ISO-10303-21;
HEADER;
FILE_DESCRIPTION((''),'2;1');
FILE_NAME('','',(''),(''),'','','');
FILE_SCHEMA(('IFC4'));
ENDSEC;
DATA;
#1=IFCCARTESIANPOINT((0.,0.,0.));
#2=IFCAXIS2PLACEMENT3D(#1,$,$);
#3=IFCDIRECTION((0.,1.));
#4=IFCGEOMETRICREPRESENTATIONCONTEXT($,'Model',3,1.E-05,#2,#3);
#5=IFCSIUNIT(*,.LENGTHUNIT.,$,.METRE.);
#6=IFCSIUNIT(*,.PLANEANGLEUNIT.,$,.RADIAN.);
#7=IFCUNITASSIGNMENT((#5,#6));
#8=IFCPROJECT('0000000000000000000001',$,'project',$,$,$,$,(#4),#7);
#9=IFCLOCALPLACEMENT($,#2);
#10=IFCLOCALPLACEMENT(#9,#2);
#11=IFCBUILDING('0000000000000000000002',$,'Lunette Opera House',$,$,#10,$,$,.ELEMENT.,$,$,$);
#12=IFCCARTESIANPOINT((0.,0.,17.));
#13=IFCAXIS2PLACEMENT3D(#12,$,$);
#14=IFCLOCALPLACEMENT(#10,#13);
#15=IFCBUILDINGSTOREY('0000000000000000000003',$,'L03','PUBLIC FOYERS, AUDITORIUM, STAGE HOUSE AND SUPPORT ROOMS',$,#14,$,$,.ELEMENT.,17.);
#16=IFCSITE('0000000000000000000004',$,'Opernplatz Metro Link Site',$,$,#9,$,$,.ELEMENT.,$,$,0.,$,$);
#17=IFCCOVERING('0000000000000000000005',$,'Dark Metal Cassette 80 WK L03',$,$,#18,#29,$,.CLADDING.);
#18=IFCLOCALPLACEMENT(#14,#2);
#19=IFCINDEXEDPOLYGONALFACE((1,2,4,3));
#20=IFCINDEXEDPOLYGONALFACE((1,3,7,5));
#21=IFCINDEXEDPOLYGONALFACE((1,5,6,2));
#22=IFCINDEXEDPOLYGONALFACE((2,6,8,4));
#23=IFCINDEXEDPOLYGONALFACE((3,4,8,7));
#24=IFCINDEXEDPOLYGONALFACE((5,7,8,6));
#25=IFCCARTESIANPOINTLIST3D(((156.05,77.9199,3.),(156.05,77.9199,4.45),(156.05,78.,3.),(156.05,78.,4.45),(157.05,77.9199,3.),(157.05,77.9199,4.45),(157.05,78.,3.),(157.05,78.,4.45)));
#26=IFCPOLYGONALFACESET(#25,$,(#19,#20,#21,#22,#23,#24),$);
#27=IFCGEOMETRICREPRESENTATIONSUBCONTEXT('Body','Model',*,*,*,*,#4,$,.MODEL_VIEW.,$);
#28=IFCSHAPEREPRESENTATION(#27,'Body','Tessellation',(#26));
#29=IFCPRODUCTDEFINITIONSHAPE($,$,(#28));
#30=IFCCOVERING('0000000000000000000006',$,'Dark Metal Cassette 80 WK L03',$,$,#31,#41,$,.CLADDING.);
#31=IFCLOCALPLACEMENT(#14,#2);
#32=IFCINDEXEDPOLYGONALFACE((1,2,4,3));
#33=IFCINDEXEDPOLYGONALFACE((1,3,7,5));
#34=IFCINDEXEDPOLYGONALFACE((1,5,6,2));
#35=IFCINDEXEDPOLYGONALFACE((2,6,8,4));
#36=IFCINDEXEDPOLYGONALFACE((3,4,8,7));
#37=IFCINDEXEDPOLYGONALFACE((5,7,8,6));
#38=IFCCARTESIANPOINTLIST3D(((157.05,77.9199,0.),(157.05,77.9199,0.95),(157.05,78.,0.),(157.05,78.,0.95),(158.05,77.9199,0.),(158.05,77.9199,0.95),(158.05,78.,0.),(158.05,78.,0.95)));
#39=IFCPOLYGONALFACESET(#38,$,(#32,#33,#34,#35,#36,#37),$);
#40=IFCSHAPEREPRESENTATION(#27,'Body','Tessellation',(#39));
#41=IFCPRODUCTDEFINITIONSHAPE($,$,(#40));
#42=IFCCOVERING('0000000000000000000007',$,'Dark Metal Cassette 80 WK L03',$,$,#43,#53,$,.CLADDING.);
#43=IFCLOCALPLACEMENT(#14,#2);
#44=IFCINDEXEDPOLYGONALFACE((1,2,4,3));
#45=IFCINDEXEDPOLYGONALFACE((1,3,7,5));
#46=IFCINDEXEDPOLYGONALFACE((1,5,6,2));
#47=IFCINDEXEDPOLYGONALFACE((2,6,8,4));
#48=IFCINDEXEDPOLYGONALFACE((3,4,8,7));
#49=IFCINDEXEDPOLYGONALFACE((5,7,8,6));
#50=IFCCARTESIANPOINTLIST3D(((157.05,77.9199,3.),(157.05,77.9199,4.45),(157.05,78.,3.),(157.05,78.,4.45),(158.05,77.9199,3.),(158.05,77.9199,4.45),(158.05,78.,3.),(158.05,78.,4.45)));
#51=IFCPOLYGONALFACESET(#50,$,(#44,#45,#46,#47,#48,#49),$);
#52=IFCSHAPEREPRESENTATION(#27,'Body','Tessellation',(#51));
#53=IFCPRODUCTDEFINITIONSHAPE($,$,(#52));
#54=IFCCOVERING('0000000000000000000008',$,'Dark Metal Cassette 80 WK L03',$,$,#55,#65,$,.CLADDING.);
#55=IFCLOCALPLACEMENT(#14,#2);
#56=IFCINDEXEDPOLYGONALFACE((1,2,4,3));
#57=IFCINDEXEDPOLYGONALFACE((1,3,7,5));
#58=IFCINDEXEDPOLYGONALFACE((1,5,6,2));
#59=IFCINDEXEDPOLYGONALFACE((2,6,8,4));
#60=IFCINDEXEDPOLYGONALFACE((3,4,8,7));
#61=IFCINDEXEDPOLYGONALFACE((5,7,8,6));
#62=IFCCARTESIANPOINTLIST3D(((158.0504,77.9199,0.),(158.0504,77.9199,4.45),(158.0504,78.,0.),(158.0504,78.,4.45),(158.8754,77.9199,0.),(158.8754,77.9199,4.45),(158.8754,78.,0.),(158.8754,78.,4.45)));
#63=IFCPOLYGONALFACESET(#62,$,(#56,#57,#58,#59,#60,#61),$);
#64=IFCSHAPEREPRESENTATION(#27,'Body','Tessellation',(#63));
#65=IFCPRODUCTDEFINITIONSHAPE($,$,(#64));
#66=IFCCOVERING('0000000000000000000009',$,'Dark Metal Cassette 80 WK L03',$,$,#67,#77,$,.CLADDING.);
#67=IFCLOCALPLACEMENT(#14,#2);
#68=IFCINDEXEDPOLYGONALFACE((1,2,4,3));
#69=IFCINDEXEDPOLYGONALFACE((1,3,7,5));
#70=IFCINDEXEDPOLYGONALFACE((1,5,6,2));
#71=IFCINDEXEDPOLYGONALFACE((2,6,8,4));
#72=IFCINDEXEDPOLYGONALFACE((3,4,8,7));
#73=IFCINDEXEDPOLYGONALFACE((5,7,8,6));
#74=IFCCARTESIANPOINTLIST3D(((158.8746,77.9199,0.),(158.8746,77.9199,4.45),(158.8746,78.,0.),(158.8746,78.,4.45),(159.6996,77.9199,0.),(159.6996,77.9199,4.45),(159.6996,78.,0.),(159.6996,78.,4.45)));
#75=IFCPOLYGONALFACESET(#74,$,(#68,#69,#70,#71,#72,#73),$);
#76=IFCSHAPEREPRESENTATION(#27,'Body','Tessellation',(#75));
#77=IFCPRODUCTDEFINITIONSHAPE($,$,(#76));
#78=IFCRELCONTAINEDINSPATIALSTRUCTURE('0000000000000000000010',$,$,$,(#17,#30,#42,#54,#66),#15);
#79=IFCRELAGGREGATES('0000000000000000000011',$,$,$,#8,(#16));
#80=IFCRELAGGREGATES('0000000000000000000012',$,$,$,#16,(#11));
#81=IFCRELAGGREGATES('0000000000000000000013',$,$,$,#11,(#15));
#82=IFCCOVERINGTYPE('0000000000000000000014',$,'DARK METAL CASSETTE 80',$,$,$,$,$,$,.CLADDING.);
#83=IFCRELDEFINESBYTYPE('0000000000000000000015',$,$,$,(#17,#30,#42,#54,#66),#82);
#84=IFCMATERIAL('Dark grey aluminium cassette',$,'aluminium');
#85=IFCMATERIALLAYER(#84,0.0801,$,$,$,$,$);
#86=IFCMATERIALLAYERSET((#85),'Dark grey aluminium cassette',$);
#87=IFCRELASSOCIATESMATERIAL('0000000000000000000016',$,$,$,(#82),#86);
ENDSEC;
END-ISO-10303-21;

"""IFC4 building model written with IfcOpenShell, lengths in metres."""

from ifc_helpers import new_model, si_unit, direction, frame, origin, origin_2d, place, context, subcontext, project, spatial, rectangle, extrude, material, layer, layer_set, type_object, element, save


model = new_model("IFC4")

# Units and contexts
model_context = context("Model", 3, precision=1e-05, world=origin(), true_north=direction((0.0, 1.0)))
body_context = subcontext(model_context, "Body", "Model", "MODEL_VIEW")
ifc_project = project(units=[si_unit("LENGTHUNIT", "METRE"), si_unit("PLANEANGLEUNIT", "RADIAN")], contexts=[model_context])

# Site, building, storey
site_placement = place(None, origin())
site = spatial("IfcSite", under=ifc_project, at=site_placement, Name="Opernplatz Metro Link Site", CompositionType="ELEMENT", RefElevation=0.0)
building_placement = place(site_placement, origin())
building = spatial("IfcBuilding", under=site, at=building_placement, Name="Lunette Opera House", CompositionType="ELEMENT")
storey_placement = place(building_placement, frame((0.0, 0.0, 17.0)))
storey = spatial("IfcBuildingStorey", under=building, at=storey_placement, Name="L03", Description="PUBLIC FOYERS, AUDITORIUM, STAGE HOUSE AND SUPPORT ROOMS", CompositionType="ELEMENT", Elevation=17.0)

# Coverings
ifc_material_1 = material(Name="Dark grey aluminium cassette", Category="aluminium")
ifc_layer_1 = layer(ifc_material_1, 0.0801)
ifc_layer_set_1 = layer_set([ifc_layer_1], Name="Dark grey aluminium cassette")
covering_type = type_object("IfcCoveringType", Name="DARK METAL CASSETTE 80", PredefinedType="CLADDING", material=ifc_layer_set_1)
covering_1_placement = place(storey_placement, frame((156.55, 77.96, 3.0), z_axis=(0.0, 0.0, 1.0), x_axis=(1.0, 0.0, 0.0)))
element("IfcCovering", 1, at=covering_1_placement, inside=storey, type_object=covering_type, Name="Dark Metal Cassette 80 WK L03", PredefinedType="CLADDING", context=body_context, shape_type="SweptSolid", body=[
    extrude(rectangle(XDim=1.0, YDim=0.0801, at=origin_2d()), origin(), (0.0, 0.0, 1.0), 1.45),
])
covering_2_placement = place(storey_placement, frame((157.55, 77.96, 0.0), z_axis=(0.0, 0.0, 1.0), x_axis=(1.0, 0.0, 0.0)))
element("IfcCovering", 2, at=covering_2_placement, inside=storey, type_object=covering_type, Name="Dark Metal Cassette 80 WK L03", PredefinedType="CLADDING", context=body_context, shape_type="SweptSolid", body=[
    extrude(rectangle(XDim=1.0, YDim=0.0801, at=origin_2d()), origin(), (0.0, 0.0, 1.0), 0.95),
])
covering_3_placement = place(storey_placement, frame((157.55, 77.96, 3.0), z_axis=(0.0, 0.0, 1.0), x_axis=(1.0, 0.0, 0.0)))
element("IfcCovering", 3, at=covering_3_placement, inside=storey, type_object=covering_type, Name="Dark Metal Cassette 80 WK L03", PredefinedType="CLADDING", context=body_context, shape_type="SweptSolid", body=[
    extrude(rectangle(XDim=1.0, YDim=0.0801, at=origin_2d()), origin(), (0.0, 0.0, 1.0), 1.45),
])
for number, where, z_axis, x_axis, name in (
    (4, (158.4629, 77.96, 0.0), (0.0, 0.0, 1.0), (1.0, 0.0, 0.0), "Dark Metal Cassette 80 WK L03"),
    (5, (159.2871, 77.96, 0.0), (0.0, 0.0, 1.0), (1.0, 0.0, 0.0), "Dark Metal Cassette 80 WK L03"),
):
    element("IfcCovering", number, at=place(storey_placement, frame(where, z_axis=z_axis, x_axis=x_axis)), inside=storey, type_object=covering_type, Name=name, PredefinedType="CLADDING", context=body_context, shape_type="SweptSolid", body=[
        extrude(rectangle(XDim=0.825, YDim=0.0801, at=origin_2d()), origin(), (0.0, 0.0, 1.0), 4.45),
    ])

save(model, "model.ifc")
